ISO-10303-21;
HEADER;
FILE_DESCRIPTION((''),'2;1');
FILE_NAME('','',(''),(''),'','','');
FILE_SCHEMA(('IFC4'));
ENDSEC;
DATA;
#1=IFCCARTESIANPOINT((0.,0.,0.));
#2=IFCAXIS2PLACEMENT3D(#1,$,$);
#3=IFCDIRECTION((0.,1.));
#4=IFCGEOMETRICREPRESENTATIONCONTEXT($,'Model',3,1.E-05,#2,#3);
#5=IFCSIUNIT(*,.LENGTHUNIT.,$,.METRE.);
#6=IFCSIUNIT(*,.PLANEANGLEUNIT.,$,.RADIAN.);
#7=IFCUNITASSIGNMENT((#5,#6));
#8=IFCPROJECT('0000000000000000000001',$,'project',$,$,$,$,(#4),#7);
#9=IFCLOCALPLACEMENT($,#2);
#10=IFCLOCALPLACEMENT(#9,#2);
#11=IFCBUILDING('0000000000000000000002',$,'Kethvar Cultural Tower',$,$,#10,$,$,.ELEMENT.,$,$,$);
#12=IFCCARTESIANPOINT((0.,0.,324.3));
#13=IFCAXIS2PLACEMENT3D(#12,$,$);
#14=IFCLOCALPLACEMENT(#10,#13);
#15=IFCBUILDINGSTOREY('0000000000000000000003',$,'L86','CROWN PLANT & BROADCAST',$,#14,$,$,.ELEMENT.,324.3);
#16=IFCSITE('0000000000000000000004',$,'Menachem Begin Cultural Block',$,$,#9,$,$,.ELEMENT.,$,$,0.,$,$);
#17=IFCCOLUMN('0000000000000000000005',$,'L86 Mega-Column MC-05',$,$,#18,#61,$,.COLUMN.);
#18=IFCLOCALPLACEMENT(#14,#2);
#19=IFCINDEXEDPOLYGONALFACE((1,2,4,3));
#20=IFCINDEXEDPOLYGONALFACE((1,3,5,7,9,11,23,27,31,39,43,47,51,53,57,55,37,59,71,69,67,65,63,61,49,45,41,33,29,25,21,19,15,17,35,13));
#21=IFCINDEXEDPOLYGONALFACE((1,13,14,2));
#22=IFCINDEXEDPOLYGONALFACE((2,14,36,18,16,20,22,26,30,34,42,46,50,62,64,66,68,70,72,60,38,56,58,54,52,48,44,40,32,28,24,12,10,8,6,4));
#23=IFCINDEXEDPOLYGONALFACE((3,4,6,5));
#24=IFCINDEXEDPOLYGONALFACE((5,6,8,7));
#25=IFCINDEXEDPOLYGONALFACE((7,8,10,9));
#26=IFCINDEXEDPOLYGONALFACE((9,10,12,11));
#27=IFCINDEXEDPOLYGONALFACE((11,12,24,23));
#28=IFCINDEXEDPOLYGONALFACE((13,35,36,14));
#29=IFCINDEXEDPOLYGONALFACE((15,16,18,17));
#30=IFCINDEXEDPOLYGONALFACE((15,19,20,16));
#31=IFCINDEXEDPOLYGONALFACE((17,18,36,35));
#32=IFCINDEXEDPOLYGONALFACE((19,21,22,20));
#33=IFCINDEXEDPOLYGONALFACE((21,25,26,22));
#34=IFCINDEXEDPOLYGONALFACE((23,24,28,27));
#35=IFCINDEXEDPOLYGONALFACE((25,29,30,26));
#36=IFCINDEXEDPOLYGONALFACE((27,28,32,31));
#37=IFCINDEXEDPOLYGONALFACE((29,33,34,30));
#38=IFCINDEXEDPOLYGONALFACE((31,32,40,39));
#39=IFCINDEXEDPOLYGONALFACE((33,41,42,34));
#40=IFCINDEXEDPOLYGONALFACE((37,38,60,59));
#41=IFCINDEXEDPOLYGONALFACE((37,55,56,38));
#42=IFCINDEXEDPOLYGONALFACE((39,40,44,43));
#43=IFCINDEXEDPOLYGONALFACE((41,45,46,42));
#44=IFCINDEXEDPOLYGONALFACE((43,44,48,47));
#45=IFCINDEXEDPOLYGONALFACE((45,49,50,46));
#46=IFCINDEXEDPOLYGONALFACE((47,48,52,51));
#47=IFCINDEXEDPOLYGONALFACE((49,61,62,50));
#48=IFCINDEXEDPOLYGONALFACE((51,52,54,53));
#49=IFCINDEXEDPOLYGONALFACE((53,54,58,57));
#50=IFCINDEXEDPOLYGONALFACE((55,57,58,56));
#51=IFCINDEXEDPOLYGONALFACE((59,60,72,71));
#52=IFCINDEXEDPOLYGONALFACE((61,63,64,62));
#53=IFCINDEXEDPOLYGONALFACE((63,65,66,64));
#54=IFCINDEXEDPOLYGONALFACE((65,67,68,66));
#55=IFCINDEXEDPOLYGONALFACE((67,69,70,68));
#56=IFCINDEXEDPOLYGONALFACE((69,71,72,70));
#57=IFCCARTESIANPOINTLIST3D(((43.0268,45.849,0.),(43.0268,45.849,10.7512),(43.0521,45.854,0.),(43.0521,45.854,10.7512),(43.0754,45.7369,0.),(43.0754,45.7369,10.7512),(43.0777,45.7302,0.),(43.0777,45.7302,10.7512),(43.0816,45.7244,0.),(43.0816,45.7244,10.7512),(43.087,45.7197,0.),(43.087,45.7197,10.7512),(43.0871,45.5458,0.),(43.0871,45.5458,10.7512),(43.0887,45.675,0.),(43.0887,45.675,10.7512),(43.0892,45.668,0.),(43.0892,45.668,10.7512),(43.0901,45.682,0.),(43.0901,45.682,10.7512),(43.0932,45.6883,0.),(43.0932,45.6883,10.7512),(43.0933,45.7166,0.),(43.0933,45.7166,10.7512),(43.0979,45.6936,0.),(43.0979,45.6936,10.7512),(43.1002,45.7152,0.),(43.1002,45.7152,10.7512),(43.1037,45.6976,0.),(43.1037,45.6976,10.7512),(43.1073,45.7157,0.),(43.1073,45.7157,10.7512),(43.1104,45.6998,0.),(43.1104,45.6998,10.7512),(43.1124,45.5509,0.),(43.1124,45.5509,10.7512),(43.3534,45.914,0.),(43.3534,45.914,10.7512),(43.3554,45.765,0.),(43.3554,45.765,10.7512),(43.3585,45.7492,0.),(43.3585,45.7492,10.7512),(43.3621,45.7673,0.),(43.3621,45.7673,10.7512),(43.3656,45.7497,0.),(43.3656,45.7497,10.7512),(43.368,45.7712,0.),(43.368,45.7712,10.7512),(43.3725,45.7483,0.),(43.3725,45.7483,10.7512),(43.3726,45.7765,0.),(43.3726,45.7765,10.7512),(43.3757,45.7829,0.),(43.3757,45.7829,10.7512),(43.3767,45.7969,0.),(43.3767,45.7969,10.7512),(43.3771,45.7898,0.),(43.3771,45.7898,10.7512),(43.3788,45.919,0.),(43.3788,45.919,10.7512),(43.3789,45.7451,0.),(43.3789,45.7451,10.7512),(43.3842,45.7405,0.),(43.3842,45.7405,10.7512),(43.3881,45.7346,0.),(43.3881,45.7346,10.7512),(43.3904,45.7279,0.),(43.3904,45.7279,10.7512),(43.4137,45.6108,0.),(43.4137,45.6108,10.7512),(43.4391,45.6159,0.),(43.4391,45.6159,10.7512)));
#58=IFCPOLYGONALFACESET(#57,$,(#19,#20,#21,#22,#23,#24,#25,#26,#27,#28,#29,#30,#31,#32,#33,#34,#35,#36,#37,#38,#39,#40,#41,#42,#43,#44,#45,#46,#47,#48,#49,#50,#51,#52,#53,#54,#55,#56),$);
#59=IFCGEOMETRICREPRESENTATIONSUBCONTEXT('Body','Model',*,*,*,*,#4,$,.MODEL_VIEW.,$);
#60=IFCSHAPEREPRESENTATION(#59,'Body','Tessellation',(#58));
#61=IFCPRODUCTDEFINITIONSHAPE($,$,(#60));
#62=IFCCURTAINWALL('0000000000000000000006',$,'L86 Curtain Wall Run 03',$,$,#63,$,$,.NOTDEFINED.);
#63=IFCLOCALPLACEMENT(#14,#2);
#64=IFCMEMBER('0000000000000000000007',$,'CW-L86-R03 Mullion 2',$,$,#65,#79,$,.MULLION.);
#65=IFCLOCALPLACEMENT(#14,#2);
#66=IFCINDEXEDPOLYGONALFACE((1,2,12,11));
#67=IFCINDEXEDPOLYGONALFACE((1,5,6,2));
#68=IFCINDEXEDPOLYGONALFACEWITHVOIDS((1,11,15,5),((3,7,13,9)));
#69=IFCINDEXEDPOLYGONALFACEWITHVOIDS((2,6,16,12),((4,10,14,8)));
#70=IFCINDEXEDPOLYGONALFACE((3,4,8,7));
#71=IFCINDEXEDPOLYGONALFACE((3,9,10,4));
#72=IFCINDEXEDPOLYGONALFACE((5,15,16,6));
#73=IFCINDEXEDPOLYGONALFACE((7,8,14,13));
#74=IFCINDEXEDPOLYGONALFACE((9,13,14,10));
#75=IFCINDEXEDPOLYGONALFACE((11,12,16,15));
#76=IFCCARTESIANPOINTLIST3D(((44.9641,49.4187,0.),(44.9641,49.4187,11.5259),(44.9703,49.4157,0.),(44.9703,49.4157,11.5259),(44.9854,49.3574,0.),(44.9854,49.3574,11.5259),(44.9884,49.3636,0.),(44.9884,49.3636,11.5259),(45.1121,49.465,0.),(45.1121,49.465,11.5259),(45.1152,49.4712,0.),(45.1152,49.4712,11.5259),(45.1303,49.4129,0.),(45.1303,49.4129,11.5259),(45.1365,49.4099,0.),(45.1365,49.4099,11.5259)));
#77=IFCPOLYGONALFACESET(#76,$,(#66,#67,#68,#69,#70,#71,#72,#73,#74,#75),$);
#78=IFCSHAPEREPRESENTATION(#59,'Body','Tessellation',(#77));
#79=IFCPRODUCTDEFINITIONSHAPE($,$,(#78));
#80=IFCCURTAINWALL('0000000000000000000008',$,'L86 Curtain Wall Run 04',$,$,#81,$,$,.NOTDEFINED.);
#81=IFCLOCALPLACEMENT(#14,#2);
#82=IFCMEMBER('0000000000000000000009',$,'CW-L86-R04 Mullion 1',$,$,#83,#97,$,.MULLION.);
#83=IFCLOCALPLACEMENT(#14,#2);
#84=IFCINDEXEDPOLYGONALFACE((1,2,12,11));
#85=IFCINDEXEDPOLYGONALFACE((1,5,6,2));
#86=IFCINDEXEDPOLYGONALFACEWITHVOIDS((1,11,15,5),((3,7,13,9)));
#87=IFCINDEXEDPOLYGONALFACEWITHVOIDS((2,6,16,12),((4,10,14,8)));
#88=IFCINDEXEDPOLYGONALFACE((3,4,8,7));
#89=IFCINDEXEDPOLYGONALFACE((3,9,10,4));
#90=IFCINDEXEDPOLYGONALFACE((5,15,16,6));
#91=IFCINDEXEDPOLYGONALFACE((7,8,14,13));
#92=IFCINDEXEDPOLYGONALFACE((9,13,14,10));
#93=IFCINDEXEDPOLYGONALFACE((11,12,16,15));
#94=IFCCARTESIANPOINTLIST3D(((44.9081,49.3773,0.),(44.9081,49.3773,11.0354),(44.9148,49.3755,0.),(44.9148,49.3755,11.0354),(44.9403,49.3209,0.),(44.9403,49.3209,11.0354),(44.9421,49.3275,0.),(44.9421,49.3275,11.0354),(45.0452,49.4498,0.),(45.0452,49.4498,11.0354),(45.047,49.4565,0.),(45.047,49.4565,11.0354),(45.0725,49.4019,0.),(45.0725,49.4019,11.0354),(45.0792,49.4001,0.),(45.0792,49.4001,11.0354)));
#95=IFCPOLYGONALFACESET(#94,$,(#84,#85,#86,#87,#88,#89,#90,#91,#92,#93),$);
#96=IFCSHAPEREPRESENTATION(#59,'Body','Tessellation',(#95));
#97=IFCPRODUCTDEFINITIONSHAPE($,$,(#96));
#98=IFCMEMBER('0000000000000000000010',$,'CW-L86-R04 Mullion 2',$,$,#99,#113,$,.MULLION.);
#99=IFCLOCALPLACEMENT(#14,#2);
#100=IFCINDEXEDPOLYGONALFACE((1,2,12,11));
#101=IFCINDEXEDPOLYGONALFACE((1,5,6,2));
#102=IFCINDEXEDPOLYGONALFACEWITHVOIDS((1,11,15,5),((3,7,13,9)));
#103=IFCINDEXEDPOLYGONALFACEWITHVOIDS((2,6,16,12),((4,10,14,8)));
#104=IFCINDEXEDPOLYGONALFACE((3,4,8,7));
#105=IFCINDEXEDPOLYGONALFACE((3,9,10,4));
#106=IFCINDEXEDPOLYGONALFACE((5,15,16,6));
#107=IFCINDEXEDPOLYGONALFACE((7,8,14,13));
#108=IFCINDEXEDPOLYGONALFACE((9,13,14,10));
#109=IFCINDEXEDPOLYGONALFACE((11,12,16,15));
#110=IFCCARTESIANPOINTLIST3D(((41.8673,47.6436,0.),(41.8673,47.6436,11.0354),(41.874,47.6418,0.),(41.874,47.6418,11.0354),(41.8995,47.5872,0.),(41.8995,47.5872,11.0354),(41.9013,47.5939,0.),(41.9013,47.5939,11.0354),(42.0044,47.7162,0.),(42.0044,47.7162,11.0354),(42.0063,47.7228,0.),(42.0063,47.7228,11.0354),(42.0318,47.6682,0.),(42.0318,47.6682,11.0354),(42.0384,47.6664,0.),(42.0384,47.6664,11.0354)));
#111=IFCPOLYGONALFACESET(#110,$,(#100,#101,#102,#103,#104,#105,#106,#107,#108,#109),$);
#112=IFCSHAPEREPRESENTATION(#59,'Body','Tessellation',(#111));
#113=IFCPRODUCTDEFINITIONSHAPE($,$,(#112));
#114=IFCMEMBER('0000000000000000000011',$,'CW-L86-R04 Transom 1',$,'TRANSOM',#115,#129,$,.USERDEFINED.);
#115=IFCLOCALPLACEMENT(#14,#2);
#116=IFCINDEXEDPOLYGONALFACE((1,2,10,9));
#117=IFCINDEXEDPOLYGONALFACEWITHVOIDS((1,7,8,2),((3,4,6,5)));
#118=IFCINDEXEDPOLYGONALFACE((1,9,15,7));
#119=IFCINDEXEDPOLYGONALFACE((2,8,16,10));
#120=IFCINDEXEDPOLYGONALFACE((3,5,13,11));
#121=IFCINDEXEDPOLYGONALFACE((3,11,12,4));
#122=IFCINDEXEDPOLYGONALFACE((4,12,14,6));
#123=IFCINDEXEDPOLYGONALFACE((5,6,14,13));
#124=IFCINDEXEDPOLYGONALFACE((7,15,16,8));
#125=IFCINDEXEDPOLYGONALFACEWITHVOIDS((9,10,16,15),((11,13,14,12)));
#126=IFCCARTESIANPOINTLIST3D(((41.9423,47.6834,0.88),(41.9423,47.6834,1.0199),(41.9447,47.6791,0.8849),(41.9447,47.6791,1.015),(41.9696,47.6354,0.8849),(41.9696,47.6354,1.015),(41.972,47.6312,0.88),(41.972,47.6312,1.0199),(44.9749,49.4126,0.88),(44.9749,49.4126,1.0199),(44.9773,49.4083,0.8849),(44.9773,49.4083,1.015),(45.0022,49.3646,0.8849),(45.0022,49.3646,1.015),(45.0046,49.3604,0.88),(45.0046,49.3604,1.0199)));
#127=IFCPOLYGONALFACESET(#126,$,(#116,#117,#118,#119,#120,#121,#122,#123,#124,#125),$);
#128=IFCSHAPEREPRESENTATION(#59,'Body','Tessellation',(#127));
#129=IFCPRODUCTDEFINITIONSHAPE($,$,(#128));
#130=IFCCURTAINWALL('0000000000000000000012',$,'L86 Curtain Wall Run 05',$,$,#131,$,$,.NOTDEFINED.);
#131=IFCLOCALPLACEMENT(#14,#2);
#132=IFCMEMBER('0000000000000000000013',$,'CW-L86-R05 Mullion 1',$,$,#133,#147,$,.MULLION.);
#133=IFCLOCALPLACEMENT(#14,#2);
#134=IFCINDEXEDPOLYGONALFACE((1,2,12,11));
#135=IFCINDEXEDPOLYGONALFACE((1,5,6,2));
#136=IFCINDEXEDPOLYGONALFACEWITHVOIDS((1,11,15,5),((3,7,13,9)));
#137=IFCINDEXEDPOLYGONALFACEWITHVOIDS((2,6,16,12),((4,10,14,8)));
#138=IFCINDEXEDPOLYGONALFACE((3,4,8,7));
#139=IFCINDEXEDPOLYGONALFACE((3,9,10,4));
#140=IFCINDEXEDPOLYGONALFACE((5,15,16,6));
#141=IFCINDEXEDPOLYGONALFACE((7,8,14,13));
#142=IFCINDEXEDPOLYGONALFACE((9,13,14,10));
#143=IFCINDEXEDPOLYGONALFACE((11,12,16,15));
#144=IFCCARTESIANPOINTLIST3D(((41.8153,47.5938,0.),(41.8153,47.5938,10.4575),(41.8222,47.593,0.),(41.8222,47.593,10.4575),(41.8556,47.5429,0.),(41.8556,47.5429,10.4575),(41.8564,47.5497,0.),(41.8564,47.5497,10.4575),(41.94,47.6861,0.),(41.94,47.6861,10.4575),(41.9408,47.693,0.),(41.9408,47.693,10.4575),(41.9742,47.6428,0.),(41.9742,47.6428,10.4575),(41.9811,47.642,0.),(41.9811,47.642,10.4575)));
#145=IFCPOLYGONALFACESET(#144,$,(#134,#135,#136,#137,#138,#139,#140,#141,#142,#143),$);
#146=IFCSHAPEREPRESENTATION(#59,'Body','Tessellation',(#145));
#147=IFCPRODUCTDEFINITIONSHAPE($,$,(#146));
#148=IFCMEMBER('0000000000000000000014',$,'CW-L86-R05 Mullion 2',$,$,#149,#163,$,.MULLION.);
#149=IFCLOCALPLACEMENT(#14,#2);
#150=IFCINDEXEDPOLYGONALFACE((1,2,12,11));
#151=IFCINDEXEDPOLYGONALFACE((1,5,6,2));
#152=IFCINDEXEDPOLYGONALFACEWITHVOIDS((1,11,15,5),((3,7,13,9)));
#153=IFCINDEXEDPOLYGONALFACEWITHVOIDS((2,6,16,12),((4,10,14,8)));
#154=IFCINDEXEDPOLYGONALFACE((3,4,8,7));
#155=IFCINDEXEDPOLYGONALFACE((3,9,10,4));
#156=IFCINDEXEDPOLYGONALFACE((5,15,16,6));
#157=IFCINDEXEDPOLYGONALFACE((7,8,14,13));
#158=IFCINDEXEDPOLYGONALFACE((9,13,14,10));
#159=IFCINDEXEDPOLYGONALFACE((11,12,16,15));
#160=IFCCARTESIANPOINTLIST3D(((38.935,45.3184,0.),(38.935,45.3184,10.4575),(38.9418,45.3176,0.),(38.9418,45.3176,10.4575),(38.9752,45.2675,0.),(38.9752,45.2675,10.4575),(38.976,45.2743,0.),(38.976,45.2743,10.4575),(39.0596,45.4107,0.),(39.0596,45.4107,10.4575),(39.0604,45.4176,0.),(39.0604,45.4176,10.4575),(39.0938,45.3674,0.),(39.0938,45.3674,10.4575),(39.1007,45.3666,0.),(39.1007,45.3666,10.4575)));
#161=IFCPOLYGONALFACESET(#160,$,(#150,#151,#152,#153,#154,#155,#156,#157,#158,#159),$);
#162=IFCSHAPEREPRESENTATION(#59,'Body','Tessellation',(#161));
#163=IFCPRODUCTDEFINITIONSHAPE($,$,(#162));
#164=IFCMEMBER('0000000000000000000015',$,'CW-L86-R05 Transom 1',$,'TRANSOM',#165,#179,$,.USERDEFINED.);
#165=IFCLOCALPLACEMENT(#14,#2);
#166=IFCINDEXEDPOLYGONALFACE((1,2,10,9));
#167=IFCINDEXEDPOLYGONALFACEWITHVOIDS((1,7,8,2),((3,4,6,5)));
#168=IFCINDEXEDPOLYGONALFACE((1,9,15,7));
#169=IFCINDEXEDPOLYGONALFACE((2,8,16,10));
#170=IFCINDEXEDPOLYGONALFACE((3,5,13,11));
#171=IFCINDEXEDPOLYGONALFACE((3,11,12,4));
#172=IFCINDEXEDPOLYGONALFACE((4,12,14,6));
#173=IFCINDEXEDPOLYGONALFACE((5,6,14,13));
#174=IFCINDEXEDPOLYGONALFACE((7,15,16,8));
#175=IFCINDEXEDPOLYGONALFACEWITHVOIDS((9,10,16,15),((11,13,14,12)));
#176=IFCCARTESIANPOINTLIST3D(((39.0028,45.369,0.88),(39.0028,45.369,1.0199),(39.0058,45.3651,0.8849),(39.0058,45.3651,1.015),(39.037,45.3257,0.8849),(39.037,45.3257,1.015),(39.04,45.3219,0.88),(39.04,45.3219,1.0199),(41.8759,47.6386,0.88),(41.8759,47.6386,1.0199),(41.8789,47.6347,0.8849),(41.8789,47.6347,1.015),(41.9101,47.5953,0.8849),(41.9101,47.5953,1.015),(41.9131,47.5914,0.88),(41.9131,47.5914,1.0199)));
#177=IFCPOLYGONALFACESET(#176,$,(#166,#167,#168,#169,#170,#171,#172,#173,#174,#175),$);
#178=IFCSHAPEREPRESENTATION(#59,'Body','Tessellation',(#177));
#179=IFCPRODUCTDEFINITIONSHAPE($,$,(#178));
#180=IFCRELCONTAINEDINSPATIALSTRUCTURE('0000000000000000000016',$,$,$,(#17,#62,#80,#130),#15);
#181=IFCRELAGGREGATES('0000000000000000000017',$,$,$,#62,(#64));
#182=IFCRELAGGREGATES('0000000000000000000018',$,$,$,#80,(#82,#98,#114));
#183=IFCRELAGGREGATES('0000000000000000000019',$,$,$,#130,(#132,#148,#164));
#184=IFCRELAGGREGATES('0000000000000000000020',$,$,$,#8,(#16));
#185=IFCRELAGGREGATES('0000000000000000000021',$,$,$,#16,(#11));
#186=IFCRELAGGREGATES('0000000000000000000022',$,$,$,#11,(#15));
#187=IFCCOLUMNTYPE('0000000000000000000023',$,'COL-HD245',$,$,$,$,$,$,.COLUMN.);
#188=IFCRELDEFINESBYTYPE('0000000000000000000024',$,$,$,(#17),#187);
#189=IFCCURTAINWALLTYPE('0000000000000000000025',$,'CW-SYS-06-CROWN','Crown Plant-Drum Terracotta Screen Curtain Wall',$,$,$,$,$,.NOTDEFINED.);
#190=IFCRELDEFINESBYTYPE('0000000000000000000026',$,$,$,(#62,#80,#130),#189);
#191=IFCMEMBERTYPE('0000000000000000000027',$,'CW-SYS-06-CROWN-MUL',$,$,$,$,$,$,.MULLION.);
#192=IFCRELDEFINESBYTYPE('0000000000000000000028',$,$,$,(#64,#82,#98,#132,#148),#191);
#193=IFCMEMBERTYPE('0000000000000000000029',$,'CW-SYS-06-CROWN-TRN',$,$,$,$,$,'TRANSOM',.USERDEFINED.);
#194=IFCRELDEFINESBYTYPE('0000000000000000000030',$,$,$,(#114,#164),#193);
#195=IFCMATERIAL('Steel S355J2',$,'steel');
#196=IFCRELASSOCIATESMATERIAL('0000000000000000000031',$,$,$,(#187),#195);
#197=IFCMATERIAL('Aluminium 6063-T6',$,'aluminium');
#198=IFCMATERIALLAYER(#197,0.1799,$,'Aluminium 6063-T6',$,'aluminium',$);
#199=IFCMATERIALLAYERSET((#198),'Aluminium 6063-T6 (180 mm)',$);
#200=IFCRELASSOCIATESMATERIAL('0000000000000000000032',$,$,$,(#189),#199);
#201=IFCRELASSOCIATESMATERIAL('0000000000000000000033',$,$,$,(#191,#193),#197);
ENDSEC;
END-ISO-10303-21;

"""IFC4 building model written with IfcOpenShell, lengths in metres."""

from ifc_helpers import new_model, si_unit, direction, frame, origin, origin_2d, place, context, subcontext, project, spatial, hollow_rectangle, i_section, extrude, source, transform, mapped, material, layer, layer_set, material_profile, profile_set, type_object, element, aggregate, save


model = new_model("IFC4")

# Units and contexts
model_context = context("Model", 3, precision=1e-05, world=origin(), true_north=direction((0.0, 1.0)))
body_context = subcontext(model_context, "Body", "Model", "MODEL_VIEW")
ifc_project = project(units=[si_unit("LENGTHUNIT", "METRE"), si_unit("PLANEANGLEUNIT", "RADIAN")], contexts=[model_context])

# Site, building, storey
site_placement = place(None, origin())
site = spatial("IfcSite", under=ifc_project, at=site_placement, Name="Menachem Begin Cultural Block", CompositionType="ELEMENT", RefElevation=0.0)
building_placement = place(site_placement, origin())
building = spatial("IfcBuilding", under=site, at=building_placement, Name="Kethvar Cultural Tower", CompositionType="ELEMENT")
storey_placement = place(building_placement, frame((0.0, 0.0, 324.3)))
storey = spatial("IfcBuildingStorey", under=building, at=storey_placement, Name="L86", Description="CROWN PLANT & BROADCAST", CompositionType="ELEMENT", Elevation=324.3)

# Column
ifc_material_1 = material(Name="Steel S355J2", Category="steel")
ifc_material_profile_1 = material_profile(ifc_material_1, i_section(OverallWidth=0.3091, OverallDepth=0.3589, WebThickness=0.0161, FlangeThickness=0.0259, FilletRadius=0.0271, at=origin_2d()), Name="Steel S355J2 — HD320x245")
ifc_profile_set_1 = profile_set([ifc_material_profile_1], Name="Steel S355J2 — HD320x245")
column_type = type_object("IfcColumnType", Name="COL-HD245", PredefinedType="COLUMN", material=ifc_profile_set_1)
shared_shape_1 = source(origin(), body_context, "Body", "SweptSolid", [
    extrude(i_section(OverallWidth=0.3091, OverallDepth=0.3589, WebThickness=0.0161, FlangeThickness=0.0259, FilletRadius=0.0271, at=origin_2d()), origin(), (0.0, 0.0, 1.0), 10.7512),
])
column_placement = place(storey_placement, frame((43.2329, 45.7324, 0.0), z_axis=(0.0, 0.0, 1.0), x_axis=(-0.19509, 0.980785, 0.0)))
element("IfcColumn", 1, at=column_placement, inside=storey, type_object=column_type, Name="L86 Mega-Column MC-05", PredefinedType="COLUMN", context=body_context, shape_type="MappedRepresentation", body=[
    mapped(shared_shape_1, transform((0.0, 0.0, 0.0), scale=1.0)),
])

# Curtain wall, member
ifc_material_2 = material(Name="Aluminium 6063-T6", Category="aluminium")
ifc_layer_1 = layer(ifc_material_2, 0.1799, Name="Aluminium 6063-T6", Category="aluminium")
ifc_layer_set_1 = layer_set([ifc_layer_1], Name="Aluminium 6063-T6 (180 mm)")
curtain_wall_type = type_object("IfcCurtainWallType", Name="CW-SYS-06-CROWN", Description="Crown Plant-Drum Terracotta Screen Curtain Wall", PredefinedType="NOTDEFINED", material=ifc_layer_set_1)
curtain_wall_1_placement = place(storey_placement, origin())
curtain_wall_1 = element("IfcCurtainWall", 2, at=curtain_wall_1_placement, inside=storey, type_object=curtain_wall_type, Name="L86 Curtain Wall Run 03", PredefinedType="NOTDEFINED")
ifc_material_profile_2 = material_profile(ifc_material_2, hollow_rectangle(XDim=0.0649, YDim=0.1599, WallThickness=0.0049, at=origin_2d()), Name="Aluminium 6063-T6 — RHS160x65x5")
ifc_profile_set_2 = profile_set([ifc_material_profile_2], Name="Aluminium 6063-T6 — RHS160x65x5")
member_type_1 = type_object("IfcMemberType", Name="CW-SYS-06-CROWN-MUL", PredefinedType="MULLION", material=ifc_profile_set_2)
shared_shape_2 = source(origin(), body_context, "Body", "SweptSolid", [
    extrude(hollow_rectangle(XDim=0.0649, YDim=0.1599, WallThickness=0.0049, at=origin_2d()), origin(), (0.0, 0.0, 1.0), 11.5259),
])
member_1_placement = place(storey_placement, frame((45.0503, 49.4143, 0.0), z_axis=(0.0, 0.0, 1.0), x_axis=(0.328405, -0.944537, 0.0)))
member_1 = element("IfcMember", 3, at=member_1_placement, type_object=member_type_1, Name="CW-L86-R03 Mullion 2", PredefinedType="MULLION", context=body_context, shape_type="MappedRepresentation", body=[
    mapped(shared_shape_2, transform((0.0, 0.0, 0.0), scale=1.0)),
])
aggregate(curtain_wall_1, [member_1])

# Curtain walls, members
curtain_wall_2_placement = place(storey_placement, origin())
curtain_wall_2 = element("IfcCurtainWall", 4, at=curtain_wall_2_placement, inside=storey, type_object=curtain_wall_type, Name="L86 Curtain Wall Run 04", PredefinedType="NOTDEFINED")
shared_shape_3 = source(origin(), body_context, "Body", "SweptSolid", [
    extrude(hollow_rectangle(XDim=0.0649, YDim=0.1599, WallThickness=0.0049, at=origin_2d()), origin(), (0.0, 0.0, 1.0), 11.0354),
])
member_2_placement = place(storey_placement, frame((44.9937, 49.3887, 0.0), z_axis=(0.0, 0.0, 1.0), x_axis=(0.495307, -0.868718, 0.0)))
member_2 = element("IfcMember", 5, at=member_2_placement, type_object=member_type_1, Name="CW-L86-R04 Mullion 1", PredefinedType="MULLION", context=body_context, shape_type="MappedRepresentation", body=[
    mapped(shared_shape_3, transform((0.0, 0.0, 0.0), scale=1.0)),
])
member_3_placement = place(storey_placement, frame((41.9529, 47.655, 0.0), z_axis=(0.0, 0.0, 1.0), x_axis=(0.495307, -0.868718, 0.0)))
member_3 = element("IfcMember", 6, at=member_3_placement, type_object=member_type_1, Name="CW-L86-R04 Mullion 2", PredefinedType="MULLION", context=body_context, shape_type="MappedRepresentation", body=[
    mapped(shared_shape_3, transform((0.0, 0.0, 0.0), scale=1.0)),
])
ifc_material_profile_3 = material_profile(ifc_material_2, hollow_rectangle(XDim=0.0601, YDim=0.1399, WallThickness=0.0049, at=origin_2d()), Name="Aluminium 6063-T6 — RHS140x60x5")
ifc_profile_set_3 = profile_set([ifc_material_profile_3], Name="Aluminium 6063-T6 — RHS140x60x5")
member_type_2 = type_object("IfcMemberType", Name="CW-SYS-06-CROWN-TRN", ElementType="TRANSOM", PredefinedType="USERDEFINED", material=ifc_profile_set_3)
shared_shape_4 = source(origin(), body_context, "Body", "SweptSolid", [
    extrude(hollow_rectangle(XDim=0.0601, YDim=0.1399, WallThickness=0.0049, at=origin_2d()), origin(), (0.0, 0.0, 1.0), 3.491),
])
member_4_placement = place(storey_placement, frame((44.9897, 49.3865, 0.95), z_axis=(-0.868703, -0.495333, 0.0), x_axis=(0.495333, -0.868703, 0.0)))
member_4 = element("IfcMember", 7, at=member_4_placement, type_object=member_type_2, Name="CW-L86-R04 Transom 1", ObjectType="TRANSOM", PredefinedType="USERDEFINED", context=body_context, shape_type="MappedRepresentation", body=[
    mapped(shared_shape_4, transform((0.0, 0.0, 0.0), scale=1.0)),
])
curtain_wall_3_placement = place(storey_placement, origin())
curtain_wall_3 = element("IfcCurtainWall", 8, at=curtain_wall_3_placement, inside=storey, type_object=curtain_wall_type, Name="L86 Curtain Wall Run 05", PredefinedType="NOTDEFINED")
shared_shape_5 = source(origin(), body_context, "Body", "SweptSolid", [
    extrude(hollow_rectangle(XDim=0.0649, YDim=0.1599, WallThickness=0.0049, at=origin_2d()), origin(), (0.0, 0.0, 1.0), 10.4575),
])
member_5_placement = place(storey_placement, frame((41.8982, 47.6179, 0.0), z_axis=(0.0, 0.0, 1.0), x_axis=(0.619916, -0.784668, 0.0)))
member_5 = element("IfcMember", 9, at=member_5_placement, type_object=member_type_1, Name="CW-L86-R05 Mullion 1", PredefinedType="MULLION", context=body_context, shape_type="MappedRepresentation", body=[
    mapped(shared_shape_5, transform((0.0, 0.0, 0.0), scale=1.0)),
])
member_6_placement = place(storey_placement, frame((39.0178, 45.3425, 0.0), z_axis=(0.0, 0.0, 1.0), x_axis=(0.619916, -0.784668, 0.0)))
member_6 = element("IfcMember", 10, at=member_6_placement, type_object=member_type_1, Name="CW-L86-R05 Mullion 2", PredefinedType="MULLION", context=body_context, shape_type="MappedRepresentation", body=[
    mapped(shared_shape_5, transform((0.0, 0.0, 0.0), scale=1.0)),
])
shared_shape_6 = source(origin(), body_context, "Body", "SweptSolid", [
    extrude(hollow_rectangle(XDim=0.0601, YDim=0.1399, WallThickness=0.0049, at=origin_2d()), origin(), (0.0, 0.0, 1.0), 3.6614),
])
member_7_placement = place(storey_placement, frame((41.8945, 47.615, 0.95), z_axis=(-0.784705, -0.619869, 0.0), x_axis=(0.619869, -0.784705, 0.0)))
member_7 = element("IfcMember", 11, at=member_7_placement, type_object=member_type_2, Name="CW-L86-R05 Transom 1", ObjectType="TRANSOM", PredefinedType="USERDEFINED", context=body_context, shape_type="MappedRepresentation", body=[
    mapped(shared_shape_6, transform((0.0, 0.0, 0.0), scale=1.0)),
])

aggregate(curtain_wall_2, [member_2, member_3, member_4])
aggregate(curtain_wall_3, [member_5, member_6, member_7])

save(model, "model.ifc")
